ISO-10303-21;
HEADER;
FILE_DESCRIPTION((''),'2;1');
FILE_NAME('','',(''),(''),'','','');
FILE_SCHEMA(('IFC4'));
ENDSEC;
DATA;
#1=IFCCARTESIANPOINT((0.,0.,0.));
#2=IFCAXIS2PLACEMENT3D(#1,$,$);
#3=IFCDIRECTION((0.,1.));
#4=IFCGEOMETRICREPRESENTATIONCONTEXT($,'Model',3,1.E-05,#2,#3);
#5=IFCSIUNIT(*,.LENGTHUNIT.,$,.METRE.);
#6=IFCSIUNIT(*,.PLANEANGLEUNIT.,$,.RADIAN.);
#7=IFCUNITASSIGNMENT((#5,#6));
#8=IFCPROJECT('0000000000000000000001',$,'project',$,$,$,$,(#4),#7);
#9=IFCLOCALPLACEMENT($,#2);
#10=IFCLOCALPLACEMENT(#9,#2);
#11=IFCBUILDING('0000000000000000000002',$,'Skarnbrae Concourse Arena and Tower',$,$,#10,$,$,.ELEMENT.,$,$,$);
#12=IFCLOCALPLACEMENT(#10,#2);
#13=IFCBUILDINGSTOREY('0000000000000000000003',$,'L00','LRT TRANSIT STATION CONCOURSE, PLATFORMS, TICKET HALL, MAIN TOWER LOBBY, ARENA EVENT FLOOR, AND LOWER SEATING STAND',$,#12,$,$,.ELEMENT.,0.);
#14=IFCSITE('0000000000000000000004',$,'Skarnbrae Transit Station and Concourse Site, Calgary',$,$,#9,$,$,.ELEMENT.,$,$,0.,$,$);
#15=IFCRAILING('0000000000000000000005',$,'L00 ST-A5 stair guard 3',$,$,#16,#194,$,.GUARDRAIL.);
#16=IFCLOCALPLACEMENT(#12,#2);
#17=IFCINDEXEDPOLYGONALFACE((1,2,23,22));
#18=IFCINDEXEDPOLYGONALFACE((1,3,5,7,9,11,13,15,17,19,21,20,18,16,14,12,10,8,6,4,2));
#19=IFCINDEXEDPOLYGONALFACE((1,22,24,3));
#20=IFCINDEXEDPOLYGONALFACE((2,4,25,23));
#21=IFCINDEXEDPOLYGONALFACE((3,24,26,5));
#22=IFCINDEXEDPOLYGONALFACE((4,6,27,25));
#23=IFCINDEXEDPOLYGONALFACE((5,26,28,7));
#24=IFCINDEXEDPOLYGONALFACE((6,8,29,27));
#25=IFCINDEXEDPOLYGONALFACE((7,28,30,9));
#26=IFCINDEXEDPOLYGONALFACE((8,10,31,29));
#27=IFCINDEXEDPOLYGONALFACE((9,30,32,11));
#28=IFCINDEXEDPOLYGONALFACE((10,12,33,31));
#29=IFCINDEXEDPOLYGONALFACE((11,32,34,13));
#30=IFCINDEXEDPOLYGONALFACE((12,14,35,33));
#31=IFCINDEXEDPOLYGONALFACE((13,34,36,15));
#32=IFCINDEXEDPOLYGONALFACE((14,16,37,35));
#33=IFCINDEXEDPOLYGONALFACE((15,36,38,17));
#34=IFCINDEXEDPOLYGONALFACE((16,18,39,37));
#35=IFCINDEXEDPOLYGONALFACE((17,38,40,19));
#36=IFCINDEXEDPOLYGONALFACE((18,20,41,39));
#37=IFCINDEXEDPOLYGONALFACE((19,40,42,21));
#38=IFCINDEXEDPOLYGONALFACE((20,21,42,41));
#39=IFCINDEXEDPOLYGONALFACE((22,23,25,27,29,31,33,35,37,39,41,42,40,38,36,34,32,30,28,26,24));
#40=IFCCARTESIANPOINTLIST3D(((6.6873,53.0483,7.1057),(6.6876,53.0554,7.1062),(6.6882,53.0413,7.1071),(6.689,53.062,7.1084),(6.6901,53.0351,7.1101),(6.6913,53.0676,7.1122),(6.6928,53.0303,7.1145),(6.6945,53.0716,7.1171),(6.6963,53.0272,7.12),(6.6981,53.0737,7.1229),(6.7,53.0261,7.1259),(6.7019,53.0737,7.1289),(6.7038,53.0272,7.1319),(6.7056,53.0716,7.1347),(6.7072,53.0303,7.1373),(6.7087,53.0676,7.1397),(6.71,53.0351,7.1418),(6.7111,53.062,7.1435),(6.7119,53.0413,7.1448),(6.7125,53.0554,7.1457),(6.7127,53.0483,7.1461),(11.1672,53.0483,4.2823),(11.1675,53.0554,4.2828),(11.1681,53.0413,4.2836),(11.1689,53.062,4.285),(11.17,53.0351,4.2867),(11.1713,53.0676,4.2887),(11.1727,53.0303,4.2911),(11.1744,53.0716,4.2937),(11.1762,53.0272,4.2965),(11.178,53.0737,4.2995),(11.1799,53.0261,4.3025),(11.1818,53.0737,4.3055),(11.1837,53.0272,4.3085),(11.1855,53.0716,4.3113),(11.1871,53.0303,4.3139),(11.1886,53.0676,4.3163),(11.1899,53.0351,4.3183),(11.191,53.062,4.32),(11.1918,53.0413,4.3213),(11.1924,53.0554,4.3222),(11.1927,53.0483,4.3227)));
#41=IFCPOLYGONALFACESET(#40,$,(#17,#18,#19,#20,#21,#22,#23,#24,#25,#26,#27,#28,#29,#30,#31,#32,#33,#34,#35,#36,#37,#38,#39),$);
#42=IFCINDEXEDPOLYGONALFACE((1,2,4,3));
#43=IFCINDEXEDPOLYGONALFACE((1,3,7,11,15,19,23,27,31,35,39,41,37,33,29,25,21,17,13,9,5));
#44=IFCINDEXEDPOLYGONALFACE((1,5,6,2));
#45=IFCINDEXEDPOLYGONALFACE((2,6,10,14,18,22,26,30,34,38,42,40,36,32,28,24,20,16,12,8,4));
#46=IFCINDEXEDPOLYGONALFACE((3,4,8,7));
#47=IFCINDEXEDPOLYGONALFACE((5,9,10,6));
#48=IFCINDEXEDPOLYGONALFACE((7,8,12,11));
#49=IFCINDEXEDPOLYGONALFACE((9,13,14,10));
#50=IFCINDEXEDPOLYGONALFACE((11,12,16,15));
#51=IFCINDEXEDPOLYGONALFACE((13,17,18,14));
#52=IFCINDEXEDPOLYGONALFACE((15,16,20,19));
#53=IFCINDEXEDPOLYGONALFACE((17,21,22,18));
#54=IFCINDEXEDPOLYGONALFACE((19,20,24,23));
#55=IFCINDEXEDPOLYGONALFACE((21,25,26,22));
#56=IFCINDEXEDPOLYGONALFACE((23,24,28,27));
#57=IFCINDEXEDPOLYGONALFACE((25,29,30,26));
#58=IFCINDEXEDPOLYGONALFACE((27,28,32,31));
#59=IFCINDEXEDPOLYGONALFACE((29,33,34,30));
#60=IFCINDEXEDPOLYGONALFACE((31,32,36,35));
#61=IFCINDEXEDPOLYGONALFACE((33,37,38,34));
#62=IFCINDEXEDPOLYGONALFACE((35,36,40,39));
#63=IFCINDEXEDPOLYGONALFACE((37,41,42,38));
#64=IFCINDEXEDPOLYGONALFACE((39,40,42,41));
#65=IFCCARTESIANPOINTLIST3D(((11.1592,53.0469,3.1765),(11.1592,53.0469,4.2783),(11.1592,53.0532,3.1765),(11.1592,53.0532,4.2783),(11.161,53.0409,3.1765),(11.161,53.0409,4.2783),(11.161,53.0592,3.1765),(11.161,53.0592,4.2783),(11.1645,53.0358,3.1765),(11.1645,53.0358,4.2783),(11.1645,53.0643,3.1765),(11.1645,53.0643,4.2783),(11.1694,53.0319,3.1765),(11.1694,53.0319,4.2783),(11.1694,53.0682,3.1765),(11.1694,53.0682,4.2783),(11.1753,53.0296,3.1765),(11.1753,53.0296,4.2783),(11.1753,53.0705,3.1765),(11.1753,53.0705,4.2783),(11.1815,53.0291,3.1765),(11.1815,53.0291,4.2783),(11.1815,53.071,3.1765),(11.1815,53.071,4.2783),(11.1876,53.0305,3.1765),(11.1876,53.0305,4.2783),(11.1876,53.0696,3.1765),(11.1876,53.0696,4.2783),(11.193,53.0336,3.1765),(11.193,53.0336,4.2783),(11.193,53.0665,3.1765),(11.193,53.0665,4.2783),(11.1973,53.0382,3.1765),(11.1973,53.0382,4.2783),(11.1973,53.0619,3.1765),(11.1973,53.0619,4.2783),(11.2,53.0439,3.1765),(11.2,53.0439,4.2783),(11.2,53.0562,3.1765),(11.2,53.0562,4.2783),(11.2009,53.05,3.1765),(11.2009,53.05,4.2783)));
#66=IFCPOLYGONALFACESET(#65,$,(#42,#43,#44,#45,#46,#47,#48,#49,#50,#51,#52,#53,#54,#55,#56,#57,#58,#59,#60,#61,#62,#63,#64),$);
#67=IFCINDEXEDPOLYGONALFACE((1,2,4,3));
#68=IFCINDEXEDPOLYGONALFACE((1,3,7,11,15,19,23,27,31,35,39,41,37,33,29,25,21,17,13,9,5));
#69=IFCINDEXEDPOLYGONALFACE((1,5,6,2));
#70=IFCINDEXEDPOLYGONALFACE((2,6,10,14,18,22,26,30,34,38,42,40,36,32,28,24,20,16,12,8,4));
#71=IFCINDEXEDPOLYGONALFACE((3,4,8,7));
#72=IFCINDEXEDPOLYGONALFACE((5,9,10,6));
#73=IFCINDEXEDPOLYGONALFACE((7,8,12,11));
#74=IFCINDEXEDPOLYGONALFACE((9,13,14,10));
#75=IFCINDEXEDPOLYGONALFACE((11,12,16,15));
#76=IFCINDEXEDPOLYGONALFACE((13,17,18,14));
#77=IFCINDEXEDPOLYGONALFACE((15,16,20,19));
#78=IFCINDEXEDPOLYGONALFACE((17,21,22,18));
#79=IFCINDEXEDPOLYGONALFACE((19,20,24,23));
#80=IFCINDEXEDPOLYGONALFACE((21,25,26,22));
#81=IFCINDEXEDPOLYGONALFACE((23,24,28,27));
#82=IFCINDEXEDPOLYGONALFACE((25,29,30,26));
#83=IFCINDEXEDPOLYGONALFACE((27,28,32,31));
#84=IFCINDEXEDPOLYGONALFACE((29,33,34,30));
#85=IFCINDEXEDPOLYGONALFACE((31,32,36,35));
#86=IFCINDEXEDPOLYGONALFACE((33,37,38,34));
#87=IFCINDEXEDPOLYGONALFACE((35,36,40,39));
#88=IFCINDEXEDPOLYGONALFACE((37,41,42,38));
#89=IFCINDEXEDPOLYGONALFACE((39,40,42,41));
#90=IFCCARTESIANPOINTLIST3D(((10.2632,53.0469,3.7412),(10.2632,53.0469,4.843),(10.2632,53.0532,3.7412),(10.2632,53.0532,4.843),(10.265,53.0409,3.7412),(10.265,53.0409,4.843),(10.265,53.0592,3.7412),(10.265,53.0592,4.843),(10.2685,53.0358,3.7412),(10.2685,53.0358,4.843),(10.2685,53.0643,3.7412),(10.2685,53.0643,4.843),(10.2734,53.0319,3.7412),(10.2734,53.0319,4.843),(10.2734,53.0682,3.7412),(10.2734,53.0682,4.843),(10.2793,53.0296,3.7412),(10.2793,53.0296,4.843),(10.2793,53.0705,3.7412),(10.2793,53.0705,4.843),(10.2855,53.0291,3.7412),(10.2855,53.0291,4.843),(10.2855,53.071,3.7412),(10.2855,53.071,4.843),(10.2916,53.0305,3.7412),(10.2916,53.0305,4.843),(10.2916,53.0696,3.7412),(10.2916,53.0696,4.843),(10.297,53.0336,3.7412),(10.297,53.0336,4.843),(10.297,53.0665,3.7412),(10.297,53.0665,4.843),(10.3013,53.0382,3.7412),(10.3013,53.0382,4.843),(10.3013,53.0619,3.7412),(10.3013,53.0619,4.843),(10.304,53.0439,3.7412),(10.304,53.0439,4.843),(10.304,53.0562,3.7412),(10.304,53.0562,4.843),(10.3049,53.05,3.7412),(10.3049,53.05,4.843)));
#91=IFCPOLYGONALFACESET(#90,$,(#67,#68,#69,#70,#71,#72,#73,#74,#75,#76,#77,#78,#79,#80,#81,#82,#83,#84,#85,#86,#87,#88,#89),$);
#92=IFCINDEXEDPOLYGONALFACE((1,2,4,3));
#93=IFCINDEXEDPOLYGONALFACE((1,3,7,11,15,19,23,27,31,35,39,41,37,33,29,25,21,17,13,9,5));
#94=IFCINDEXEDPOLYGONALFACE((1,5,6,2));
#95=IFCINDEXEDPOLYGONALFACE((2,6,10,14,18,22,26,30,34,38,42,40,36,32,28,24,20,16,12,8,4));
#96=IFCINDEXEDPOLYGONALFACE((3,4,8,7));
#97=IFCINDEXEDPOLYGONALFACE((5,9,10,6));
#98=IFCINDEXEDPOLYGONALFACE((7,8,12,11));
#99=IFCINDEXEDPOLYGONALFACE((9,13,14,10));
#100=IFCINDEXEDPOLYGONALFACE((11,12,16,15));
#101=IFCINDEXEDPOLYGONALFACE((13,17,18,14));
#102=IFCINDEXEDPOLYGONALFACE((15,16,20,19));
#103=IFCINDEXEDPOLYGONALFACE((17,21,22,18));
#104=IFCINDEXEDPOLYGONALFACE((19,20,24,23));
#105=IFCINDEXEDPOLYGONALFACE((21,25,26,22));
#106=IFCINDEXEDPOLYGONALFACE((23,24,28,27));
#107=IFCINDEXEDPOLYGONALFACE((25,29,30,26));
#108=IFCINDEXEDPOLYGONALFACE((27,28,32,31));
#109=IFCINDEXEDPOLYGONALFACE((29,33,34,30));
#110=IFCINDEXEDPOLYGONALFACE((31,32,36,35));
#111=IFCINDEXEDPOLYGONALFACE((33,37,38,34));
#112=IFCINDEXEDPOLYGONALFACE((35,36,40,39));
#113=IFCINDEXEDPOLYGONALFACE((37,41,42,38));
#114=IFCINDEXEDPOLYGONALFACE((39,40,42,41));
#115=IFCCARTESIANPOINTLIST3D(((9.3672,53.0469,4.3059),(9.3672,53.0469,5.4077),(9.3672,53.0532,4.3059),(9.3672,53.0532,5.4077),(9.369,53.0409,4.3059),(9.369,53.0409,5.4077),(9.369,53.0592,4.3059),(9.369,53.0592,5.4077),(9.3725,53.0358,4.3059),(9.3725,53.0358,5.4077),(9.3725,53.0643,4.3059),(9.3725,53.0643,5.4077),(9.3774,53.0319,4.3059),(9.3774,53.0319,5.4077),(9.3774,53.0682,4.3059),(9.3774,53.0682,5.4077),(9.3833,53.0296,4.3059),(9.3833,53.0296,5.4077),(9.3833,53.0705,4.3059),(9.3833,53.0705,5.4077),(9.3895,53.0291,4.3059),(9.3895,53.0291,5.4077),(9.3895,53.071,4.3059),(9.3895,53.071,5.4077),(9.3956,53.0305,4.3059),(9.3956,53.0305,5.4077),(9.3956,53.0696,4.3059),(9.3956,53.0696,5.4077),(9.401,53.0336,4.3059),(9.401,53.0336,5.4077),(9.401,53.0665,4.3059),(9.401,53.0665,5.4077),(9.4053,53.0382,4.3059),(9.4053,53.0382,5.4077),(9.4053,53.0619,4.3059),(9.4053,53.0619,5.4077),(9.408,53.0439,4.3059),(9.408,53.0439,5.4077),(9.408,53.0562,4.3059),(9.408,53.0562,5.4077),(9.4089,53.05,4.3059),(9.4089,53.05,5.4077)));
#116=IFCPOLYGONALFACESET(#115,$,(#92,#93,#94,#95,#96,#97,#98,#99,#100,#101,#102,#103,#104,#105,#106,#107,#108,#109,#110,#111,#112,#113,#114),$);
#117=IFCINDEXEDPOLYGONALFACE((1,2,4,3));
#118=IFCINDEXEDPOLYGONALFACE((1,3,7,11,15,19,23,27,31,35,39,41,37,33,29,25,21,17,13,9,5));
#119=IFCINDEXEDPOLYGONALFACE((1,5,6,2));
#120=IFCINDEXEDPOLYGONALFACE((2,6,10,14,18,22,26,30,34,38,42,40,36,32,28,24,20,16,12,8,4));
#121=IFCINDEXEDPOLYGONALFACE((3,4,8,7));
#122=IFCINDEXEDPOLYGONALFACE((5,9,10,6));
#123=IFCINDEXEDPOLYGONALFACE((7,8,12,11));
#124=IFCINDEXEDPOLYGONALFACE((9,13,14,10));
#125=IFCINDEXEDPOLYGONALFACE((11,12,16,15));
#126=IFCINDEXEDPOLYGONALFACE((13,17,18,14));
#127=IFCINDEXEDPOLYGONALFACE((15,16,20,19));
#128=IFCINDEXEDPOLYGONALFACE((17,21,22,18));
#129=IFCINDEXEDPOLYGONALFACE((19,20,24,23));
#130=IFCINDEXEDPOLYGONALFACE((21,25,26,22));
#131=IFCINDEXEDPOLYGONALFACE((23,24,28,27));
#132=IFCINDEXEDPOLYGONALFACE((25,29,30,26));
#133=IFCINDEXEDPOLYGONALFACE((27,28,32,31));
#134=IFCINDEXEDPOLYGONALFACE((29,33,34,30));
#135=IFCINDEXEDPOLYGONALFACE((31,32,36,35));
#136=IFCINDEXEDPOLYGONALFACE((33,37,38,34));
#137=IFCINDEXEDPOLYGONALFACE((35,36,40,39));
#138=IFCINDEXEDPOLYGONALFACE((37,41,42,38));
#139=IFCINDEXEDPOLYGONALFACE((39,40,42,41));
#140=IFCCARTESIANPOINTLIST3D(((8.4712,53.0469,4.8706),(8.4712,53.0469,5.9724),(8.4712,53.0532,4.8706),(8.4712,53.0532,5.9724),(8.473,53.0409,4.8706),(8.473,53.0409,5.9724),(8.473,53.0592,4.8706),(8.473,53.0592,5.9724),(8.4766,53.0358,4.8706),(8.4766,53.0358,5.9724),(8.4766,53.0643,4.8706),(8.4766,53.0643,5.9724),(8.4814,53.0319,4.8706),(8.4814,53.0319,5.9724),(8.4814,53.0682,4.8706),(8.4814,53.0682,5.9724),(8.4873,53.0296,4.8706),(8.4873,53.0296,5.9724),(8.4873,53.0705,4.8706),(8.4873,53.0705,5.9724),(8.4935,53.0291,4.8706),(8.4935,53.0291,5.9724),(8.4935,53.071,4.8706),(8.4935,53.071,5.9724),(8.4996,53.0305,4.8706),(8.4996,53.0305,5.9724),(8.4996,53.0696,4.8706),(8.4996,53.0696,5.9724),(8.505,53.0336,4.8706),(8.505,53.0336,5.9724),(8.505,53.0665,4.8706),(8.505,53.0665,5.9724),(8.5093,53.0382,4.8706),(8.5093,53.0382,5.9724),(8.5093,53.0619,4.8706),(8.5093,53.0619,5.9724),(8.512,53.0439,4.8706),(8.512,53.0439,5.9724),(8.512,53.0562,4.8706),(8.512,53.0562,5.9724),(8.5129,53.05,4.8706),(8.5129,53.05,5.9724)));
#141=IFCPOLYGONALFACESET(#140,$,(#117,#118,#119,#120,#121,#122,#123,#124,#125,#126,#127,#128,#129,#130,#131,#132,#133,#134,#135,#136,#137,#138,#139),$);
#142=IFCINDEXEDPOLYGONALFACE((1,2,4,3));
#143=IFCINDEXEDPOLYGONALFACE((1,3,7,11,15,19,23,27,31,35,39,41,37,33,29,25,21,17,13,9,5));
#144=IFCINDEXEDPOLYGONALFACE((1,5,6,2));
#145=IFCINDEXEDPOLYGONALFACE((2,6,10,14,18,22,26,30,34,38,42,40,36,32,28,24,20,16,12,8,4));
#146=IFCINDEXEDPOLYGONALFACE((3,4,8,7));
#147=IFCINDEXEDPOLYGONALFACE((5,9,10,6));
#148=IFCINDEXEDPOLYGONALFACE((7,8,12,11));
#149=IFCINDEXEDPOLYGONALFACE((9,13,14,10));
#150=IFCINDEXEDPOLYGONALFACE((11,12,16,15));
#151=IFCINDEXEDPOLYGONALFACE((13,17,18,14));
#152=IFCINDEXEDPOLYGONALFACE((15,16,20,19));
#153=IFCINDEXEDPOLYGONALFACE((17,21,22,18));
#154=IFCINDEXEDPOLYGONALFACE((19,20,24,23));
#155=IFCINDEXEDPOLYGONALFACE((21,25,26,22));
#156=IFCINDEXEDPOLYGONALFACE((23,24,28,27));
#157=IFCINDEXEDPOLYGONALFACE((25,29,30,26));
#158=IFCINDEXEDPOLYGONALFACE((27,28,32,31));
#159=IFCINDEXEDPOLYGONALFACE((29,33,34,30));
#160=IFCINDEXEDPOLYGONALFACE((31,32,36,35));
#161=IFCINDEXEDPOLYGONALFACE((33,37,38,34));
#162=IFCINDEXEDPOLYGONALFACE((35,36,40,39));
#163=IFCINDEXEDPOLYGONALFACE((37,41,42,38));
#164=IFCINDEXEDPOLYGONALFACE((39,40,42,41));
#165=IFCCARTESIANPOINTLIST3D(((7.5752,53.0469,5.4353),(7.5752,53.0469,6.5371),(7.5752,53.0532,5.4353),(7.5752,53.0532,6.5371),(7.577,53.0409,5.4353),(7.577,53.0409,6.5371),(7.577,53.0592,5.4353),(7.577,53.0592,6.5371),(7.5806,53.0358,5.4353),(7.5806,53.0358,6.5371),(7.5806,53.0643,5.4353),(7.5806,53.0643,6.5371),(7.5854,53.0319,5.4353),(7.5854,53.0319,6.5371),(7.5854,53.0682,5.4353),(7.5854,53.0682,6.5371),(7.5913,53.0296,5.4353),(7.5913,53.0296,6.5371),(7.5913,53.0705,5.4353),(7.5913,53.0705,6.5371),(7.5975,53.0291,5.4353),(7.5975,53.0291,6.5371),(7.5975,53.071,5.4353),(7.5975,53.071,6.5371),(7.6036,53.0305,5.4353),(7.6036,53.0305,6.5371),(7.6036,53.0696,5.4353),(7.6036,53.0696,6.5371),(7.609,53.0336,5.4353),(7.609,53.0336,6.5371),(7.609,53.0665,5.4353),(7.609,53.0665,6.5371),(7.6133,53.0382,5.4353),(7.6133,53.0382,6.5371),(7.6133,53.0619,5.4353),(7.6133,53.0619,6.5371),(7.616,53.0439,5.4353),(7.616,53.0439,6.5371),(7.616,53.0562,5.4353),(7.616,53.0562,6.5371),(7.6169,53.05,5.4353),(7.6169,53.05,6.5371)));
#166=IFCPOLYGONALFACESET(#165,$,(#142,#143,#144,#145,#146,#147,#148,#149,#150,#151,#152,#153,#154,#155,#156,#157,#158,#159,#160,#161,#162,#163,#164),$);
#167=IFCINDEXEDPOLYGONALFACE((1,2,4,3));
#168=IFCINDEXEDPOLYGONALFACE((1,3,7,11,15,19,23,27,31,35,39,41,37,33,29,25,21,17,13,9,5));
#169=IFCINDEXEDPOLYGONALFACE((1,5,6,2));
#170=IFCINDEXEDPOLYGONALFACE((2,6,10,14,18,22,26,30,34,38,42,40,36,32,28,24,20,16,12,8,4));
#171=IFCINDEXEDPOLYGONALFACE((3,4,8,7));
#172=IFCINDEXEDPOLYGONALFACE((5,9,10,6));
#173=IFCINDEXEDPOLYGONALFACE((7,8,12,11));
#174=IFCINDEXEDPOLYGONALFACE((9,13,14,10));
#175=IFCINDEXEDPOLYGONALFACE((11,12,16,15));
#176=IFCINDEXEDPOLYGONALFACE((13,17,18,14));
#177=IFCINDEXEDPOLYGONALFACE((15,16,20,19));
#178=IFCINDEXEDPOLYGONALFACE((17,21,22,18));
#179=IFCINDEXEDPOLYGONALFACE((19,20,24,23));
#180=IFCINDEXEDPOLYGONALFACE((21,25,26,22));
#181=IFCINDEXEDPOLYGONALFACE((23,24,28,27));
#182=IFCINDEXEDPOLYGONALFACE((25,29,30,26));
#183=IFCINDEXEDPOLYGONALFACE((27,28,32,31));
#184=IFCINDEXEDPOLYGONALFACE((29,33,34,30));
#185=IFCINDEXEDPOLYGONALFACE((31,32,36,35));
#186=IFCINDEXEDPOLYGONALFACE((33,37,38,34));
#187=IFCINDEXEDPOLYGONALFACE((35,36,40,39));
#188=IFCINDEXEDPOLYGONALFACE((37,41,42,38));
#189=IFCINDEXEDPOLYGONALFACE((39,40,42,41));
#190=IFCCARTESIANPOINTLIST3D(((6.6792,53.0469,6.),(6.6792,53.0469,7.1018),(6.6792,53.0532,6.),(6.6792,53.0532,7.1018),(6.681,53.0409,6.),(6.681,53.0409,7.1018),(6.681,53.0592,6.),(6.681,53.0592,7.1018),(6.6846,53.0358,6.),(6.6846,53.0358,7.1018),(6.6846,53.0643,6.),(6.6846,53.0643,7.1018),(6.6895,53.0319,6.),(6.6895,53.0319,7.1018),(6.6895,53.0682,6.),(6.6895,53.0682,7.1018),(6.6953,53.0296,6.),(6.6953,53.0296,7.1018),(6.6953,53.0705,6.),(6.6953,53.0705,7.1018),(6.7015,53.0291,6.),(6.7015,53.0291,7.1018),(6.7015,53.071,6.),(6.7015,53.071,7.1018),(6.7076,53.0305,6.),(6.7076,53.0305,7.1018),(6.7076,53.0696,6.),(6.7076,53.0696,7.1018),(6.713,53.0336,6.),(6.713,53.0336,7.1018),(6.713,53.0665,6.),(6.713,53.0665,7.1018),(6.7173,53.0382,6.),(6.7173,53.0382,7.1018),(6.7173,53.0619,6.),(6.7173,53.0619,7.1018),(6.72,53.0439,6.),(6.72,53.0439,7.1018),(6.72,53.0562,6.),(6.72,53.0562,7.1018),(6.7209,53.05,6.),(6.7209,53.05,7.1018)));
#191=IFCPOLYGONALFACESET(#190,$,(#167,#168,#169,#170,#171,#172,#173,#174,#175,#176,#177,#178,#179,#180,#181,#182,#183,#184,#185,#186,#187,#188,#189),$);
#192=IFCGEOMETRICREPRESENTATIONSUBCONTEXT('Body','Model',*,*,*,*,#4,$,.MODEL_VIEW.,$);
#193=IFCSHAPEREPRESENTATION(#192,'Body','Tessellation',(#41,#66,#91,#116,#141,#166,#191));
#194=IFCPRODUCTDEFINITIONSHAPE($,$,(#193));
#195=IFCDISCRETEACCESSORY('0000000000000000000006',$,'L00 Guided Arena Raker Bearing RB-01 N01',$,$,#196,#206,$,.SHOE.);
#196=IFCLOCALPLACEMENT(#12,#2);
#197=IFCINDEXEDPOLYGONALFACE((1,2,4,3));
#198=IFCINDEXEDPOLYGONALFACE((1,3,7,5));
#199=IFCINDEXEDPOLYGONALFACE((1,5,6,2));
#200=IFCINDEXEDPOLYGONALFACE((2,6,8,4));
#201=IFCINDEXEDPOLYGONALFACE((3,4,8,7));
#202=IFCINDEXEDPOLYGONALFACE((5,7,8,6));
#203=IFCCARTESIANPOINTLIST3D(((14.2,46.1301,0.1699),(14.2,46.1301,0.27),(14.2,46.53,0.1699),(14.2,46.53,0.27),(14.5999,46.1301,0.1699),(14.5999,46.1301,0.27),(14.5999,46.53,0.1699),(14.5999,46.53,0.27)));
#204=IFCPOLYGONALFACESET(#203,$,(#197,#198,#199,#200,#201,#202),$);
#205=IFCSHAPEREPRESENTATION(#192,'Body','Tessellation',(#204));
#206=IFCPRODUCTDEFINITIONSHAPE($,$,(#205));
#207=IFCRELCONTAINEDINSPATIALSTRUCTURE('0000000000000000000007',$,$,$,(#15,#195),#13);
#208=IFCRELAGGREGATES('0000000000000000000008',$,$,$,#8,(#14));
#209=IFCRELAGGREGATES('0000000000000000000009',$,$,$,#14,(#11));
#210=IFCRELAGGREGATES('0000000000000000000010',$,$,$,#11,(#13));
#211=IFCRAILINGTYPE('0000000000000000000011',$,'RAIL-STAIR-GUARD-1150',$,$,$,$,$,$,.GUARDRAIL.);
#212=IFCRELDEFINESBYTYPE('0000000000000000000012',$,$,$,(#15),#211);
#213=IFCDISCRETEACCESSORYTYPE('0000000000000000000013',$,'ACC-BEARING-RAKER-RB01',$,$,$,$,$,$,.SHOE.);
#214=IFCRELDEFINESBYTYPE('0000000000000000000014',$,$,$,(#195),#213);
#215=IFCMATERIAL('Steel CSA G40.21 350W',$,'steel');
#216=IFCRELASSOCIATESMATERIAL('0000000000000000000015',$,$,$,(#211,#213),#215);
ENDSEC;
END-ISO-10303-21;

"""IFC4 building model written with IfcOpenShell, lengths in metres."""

from ifc_helpers import new_model, si_unit, direction, frame, origin, origin_2d, place, context, subcontext, project, spatial, rectangle, circle, extrude, source, transform, mapped, material, type_object, element, save


model = new_model("IFC4")

# Units and contexts
model_context = context("Model", 3, precision=1e-05, world=origin(), true_north=direction((0.0, 1.0)))
body_context = subcontext(model_context, "Body", "Model", "MODEL_VIEW")
ifc_project = project(units=[si_unit("LENGTHUNIT", "METRE"), si_unit("PLANEANGLEUNIT", "RADIAN")], contexts=[model_context])

# Site, building, storey
site_placement = place(None, origin())
site = spatial("IfcSite", under=ifc_project, at=site_placement, Name="Skarnbrae Transit Station and Concourse Site, Calgary", CompositionType="ELEMENT", RefElevation=0.0)
building_placement = place(site_placement, origin())
building = spatial("IfcBuilding", under=site, at=building_placement, Name="Skarnbrae Concourse Arena and Tower", CompositionType="ELEMENT")
storey_placement = place(building_placement, origin())
storey = spatial("IfcBuildingStorey", under=building, at=storey_placement, Name="L00", Description="LRT TRANSIT STATION CONCOURSE, PLATFORMS, TICKET HALL, MAIN TOWER LOBBY, ARENA EVENT FLOOR, AND LOWER SEATING STAND", CompositionType="ELEMENT", Elevation=0.0)

# Shared definitions
ifc_material_1 = material(Name="Steel CSA G40.21 350W", Category="steel")

# Railing
railing_type_1 = type_object("IfcRailingType", Name="RAIL-STAIR-GUARD-1150", PredefinedType="GUARDRAIL", material=ifc_material_1)
railing_1_placement = place(storey_placement, frame((11.1799, 53.05, 3.1765)))
element("IfcRailing", 1, at=railing_1_placement, inside=storey, type_object=railing_type_1, Name="L00 ST-A5 stair guard 3", PredefinedType="GUARDRAIL", context=body_context, shape_type="SweptSolid", body=[
    extrude(circle(Radius=0.0239, at=origin_2d()), frame((0.0, 0.0, 1.126), z_axis=(-0.845998, 0.0, 0.533186), x_axis=(0.0, -1.0, 0.0)), (0.0, 0.0, 1.0), 5.2954),
    extrude(circle(Radius=0.021, at=origin_2d()), origin(), (0.0, 0.0, 1.0), 1.1018),
    extrude(circle(Radius=0.021, at=origin_2d()), frame((-0.896, 0.0, 0.5647)), (0.0, 0.0, 1.0), 1.1018),
    extrude(circle(Radius=0.021, at=origin_2d()), frame((-1.792, 0.0, 1.1294)), (0.0, 0.0, 1.0), 1.1018),
    extrude(circle(Radius=0.021, at=origin_2d()), frame((-2.688, 0.0, 1.6941)), (0.0, 0.0, 1.0), 1.1018),
    extrude(circle(Radius=0.021, at=origin_2d()), frame((-3.584, 0.0, 2.2588)), (0.0, 0.0, 1.0), 1.1018),
    extrude(circle(Radius=0.021, at=origin_2d()), frame((-4.48, 0.0, 2.8235)), (0.0, 0.0, 1.0), 1.1018),
])

# Discrete accessory
discrete_accessory_type = type_object("IfcDiscreteAccessoryType", Name="ACC-BEARING-RAKER-RB01", PredefinedType="SHOE", material=ifc_material_1)
shared_shape_1 = source(origin(), body_context, "Body", "SweptSolid", [
    extrude(rectangle(XDim=0.3999, YDim=0.3999, at=origin_2d()), origin(), (0.0, 0.0, 1.0), 0.1001),
])
discrete_accessory_placement = place(storey_placement, frame((14.3999, 46.3301, 0.1699), z_axis=(0.0, 0.0, 1.0), x_axis=(1.0, 0.0, 0.0)))
element("IfcDiscreteAccessory", 2, at=discrete_accessory_placement, inside=storey, type_object=discrete_accessory_type, Name="L00 Guided Arena Raker Bearing RB-01 N01", PredefinedType="SHOE", context=body_context, shape_type="MappedRepresentation", body=[
    mapped(shared_shape_1, transform((0.0, 0.0, 0.0))),
])

save(model, "model.ifc")
